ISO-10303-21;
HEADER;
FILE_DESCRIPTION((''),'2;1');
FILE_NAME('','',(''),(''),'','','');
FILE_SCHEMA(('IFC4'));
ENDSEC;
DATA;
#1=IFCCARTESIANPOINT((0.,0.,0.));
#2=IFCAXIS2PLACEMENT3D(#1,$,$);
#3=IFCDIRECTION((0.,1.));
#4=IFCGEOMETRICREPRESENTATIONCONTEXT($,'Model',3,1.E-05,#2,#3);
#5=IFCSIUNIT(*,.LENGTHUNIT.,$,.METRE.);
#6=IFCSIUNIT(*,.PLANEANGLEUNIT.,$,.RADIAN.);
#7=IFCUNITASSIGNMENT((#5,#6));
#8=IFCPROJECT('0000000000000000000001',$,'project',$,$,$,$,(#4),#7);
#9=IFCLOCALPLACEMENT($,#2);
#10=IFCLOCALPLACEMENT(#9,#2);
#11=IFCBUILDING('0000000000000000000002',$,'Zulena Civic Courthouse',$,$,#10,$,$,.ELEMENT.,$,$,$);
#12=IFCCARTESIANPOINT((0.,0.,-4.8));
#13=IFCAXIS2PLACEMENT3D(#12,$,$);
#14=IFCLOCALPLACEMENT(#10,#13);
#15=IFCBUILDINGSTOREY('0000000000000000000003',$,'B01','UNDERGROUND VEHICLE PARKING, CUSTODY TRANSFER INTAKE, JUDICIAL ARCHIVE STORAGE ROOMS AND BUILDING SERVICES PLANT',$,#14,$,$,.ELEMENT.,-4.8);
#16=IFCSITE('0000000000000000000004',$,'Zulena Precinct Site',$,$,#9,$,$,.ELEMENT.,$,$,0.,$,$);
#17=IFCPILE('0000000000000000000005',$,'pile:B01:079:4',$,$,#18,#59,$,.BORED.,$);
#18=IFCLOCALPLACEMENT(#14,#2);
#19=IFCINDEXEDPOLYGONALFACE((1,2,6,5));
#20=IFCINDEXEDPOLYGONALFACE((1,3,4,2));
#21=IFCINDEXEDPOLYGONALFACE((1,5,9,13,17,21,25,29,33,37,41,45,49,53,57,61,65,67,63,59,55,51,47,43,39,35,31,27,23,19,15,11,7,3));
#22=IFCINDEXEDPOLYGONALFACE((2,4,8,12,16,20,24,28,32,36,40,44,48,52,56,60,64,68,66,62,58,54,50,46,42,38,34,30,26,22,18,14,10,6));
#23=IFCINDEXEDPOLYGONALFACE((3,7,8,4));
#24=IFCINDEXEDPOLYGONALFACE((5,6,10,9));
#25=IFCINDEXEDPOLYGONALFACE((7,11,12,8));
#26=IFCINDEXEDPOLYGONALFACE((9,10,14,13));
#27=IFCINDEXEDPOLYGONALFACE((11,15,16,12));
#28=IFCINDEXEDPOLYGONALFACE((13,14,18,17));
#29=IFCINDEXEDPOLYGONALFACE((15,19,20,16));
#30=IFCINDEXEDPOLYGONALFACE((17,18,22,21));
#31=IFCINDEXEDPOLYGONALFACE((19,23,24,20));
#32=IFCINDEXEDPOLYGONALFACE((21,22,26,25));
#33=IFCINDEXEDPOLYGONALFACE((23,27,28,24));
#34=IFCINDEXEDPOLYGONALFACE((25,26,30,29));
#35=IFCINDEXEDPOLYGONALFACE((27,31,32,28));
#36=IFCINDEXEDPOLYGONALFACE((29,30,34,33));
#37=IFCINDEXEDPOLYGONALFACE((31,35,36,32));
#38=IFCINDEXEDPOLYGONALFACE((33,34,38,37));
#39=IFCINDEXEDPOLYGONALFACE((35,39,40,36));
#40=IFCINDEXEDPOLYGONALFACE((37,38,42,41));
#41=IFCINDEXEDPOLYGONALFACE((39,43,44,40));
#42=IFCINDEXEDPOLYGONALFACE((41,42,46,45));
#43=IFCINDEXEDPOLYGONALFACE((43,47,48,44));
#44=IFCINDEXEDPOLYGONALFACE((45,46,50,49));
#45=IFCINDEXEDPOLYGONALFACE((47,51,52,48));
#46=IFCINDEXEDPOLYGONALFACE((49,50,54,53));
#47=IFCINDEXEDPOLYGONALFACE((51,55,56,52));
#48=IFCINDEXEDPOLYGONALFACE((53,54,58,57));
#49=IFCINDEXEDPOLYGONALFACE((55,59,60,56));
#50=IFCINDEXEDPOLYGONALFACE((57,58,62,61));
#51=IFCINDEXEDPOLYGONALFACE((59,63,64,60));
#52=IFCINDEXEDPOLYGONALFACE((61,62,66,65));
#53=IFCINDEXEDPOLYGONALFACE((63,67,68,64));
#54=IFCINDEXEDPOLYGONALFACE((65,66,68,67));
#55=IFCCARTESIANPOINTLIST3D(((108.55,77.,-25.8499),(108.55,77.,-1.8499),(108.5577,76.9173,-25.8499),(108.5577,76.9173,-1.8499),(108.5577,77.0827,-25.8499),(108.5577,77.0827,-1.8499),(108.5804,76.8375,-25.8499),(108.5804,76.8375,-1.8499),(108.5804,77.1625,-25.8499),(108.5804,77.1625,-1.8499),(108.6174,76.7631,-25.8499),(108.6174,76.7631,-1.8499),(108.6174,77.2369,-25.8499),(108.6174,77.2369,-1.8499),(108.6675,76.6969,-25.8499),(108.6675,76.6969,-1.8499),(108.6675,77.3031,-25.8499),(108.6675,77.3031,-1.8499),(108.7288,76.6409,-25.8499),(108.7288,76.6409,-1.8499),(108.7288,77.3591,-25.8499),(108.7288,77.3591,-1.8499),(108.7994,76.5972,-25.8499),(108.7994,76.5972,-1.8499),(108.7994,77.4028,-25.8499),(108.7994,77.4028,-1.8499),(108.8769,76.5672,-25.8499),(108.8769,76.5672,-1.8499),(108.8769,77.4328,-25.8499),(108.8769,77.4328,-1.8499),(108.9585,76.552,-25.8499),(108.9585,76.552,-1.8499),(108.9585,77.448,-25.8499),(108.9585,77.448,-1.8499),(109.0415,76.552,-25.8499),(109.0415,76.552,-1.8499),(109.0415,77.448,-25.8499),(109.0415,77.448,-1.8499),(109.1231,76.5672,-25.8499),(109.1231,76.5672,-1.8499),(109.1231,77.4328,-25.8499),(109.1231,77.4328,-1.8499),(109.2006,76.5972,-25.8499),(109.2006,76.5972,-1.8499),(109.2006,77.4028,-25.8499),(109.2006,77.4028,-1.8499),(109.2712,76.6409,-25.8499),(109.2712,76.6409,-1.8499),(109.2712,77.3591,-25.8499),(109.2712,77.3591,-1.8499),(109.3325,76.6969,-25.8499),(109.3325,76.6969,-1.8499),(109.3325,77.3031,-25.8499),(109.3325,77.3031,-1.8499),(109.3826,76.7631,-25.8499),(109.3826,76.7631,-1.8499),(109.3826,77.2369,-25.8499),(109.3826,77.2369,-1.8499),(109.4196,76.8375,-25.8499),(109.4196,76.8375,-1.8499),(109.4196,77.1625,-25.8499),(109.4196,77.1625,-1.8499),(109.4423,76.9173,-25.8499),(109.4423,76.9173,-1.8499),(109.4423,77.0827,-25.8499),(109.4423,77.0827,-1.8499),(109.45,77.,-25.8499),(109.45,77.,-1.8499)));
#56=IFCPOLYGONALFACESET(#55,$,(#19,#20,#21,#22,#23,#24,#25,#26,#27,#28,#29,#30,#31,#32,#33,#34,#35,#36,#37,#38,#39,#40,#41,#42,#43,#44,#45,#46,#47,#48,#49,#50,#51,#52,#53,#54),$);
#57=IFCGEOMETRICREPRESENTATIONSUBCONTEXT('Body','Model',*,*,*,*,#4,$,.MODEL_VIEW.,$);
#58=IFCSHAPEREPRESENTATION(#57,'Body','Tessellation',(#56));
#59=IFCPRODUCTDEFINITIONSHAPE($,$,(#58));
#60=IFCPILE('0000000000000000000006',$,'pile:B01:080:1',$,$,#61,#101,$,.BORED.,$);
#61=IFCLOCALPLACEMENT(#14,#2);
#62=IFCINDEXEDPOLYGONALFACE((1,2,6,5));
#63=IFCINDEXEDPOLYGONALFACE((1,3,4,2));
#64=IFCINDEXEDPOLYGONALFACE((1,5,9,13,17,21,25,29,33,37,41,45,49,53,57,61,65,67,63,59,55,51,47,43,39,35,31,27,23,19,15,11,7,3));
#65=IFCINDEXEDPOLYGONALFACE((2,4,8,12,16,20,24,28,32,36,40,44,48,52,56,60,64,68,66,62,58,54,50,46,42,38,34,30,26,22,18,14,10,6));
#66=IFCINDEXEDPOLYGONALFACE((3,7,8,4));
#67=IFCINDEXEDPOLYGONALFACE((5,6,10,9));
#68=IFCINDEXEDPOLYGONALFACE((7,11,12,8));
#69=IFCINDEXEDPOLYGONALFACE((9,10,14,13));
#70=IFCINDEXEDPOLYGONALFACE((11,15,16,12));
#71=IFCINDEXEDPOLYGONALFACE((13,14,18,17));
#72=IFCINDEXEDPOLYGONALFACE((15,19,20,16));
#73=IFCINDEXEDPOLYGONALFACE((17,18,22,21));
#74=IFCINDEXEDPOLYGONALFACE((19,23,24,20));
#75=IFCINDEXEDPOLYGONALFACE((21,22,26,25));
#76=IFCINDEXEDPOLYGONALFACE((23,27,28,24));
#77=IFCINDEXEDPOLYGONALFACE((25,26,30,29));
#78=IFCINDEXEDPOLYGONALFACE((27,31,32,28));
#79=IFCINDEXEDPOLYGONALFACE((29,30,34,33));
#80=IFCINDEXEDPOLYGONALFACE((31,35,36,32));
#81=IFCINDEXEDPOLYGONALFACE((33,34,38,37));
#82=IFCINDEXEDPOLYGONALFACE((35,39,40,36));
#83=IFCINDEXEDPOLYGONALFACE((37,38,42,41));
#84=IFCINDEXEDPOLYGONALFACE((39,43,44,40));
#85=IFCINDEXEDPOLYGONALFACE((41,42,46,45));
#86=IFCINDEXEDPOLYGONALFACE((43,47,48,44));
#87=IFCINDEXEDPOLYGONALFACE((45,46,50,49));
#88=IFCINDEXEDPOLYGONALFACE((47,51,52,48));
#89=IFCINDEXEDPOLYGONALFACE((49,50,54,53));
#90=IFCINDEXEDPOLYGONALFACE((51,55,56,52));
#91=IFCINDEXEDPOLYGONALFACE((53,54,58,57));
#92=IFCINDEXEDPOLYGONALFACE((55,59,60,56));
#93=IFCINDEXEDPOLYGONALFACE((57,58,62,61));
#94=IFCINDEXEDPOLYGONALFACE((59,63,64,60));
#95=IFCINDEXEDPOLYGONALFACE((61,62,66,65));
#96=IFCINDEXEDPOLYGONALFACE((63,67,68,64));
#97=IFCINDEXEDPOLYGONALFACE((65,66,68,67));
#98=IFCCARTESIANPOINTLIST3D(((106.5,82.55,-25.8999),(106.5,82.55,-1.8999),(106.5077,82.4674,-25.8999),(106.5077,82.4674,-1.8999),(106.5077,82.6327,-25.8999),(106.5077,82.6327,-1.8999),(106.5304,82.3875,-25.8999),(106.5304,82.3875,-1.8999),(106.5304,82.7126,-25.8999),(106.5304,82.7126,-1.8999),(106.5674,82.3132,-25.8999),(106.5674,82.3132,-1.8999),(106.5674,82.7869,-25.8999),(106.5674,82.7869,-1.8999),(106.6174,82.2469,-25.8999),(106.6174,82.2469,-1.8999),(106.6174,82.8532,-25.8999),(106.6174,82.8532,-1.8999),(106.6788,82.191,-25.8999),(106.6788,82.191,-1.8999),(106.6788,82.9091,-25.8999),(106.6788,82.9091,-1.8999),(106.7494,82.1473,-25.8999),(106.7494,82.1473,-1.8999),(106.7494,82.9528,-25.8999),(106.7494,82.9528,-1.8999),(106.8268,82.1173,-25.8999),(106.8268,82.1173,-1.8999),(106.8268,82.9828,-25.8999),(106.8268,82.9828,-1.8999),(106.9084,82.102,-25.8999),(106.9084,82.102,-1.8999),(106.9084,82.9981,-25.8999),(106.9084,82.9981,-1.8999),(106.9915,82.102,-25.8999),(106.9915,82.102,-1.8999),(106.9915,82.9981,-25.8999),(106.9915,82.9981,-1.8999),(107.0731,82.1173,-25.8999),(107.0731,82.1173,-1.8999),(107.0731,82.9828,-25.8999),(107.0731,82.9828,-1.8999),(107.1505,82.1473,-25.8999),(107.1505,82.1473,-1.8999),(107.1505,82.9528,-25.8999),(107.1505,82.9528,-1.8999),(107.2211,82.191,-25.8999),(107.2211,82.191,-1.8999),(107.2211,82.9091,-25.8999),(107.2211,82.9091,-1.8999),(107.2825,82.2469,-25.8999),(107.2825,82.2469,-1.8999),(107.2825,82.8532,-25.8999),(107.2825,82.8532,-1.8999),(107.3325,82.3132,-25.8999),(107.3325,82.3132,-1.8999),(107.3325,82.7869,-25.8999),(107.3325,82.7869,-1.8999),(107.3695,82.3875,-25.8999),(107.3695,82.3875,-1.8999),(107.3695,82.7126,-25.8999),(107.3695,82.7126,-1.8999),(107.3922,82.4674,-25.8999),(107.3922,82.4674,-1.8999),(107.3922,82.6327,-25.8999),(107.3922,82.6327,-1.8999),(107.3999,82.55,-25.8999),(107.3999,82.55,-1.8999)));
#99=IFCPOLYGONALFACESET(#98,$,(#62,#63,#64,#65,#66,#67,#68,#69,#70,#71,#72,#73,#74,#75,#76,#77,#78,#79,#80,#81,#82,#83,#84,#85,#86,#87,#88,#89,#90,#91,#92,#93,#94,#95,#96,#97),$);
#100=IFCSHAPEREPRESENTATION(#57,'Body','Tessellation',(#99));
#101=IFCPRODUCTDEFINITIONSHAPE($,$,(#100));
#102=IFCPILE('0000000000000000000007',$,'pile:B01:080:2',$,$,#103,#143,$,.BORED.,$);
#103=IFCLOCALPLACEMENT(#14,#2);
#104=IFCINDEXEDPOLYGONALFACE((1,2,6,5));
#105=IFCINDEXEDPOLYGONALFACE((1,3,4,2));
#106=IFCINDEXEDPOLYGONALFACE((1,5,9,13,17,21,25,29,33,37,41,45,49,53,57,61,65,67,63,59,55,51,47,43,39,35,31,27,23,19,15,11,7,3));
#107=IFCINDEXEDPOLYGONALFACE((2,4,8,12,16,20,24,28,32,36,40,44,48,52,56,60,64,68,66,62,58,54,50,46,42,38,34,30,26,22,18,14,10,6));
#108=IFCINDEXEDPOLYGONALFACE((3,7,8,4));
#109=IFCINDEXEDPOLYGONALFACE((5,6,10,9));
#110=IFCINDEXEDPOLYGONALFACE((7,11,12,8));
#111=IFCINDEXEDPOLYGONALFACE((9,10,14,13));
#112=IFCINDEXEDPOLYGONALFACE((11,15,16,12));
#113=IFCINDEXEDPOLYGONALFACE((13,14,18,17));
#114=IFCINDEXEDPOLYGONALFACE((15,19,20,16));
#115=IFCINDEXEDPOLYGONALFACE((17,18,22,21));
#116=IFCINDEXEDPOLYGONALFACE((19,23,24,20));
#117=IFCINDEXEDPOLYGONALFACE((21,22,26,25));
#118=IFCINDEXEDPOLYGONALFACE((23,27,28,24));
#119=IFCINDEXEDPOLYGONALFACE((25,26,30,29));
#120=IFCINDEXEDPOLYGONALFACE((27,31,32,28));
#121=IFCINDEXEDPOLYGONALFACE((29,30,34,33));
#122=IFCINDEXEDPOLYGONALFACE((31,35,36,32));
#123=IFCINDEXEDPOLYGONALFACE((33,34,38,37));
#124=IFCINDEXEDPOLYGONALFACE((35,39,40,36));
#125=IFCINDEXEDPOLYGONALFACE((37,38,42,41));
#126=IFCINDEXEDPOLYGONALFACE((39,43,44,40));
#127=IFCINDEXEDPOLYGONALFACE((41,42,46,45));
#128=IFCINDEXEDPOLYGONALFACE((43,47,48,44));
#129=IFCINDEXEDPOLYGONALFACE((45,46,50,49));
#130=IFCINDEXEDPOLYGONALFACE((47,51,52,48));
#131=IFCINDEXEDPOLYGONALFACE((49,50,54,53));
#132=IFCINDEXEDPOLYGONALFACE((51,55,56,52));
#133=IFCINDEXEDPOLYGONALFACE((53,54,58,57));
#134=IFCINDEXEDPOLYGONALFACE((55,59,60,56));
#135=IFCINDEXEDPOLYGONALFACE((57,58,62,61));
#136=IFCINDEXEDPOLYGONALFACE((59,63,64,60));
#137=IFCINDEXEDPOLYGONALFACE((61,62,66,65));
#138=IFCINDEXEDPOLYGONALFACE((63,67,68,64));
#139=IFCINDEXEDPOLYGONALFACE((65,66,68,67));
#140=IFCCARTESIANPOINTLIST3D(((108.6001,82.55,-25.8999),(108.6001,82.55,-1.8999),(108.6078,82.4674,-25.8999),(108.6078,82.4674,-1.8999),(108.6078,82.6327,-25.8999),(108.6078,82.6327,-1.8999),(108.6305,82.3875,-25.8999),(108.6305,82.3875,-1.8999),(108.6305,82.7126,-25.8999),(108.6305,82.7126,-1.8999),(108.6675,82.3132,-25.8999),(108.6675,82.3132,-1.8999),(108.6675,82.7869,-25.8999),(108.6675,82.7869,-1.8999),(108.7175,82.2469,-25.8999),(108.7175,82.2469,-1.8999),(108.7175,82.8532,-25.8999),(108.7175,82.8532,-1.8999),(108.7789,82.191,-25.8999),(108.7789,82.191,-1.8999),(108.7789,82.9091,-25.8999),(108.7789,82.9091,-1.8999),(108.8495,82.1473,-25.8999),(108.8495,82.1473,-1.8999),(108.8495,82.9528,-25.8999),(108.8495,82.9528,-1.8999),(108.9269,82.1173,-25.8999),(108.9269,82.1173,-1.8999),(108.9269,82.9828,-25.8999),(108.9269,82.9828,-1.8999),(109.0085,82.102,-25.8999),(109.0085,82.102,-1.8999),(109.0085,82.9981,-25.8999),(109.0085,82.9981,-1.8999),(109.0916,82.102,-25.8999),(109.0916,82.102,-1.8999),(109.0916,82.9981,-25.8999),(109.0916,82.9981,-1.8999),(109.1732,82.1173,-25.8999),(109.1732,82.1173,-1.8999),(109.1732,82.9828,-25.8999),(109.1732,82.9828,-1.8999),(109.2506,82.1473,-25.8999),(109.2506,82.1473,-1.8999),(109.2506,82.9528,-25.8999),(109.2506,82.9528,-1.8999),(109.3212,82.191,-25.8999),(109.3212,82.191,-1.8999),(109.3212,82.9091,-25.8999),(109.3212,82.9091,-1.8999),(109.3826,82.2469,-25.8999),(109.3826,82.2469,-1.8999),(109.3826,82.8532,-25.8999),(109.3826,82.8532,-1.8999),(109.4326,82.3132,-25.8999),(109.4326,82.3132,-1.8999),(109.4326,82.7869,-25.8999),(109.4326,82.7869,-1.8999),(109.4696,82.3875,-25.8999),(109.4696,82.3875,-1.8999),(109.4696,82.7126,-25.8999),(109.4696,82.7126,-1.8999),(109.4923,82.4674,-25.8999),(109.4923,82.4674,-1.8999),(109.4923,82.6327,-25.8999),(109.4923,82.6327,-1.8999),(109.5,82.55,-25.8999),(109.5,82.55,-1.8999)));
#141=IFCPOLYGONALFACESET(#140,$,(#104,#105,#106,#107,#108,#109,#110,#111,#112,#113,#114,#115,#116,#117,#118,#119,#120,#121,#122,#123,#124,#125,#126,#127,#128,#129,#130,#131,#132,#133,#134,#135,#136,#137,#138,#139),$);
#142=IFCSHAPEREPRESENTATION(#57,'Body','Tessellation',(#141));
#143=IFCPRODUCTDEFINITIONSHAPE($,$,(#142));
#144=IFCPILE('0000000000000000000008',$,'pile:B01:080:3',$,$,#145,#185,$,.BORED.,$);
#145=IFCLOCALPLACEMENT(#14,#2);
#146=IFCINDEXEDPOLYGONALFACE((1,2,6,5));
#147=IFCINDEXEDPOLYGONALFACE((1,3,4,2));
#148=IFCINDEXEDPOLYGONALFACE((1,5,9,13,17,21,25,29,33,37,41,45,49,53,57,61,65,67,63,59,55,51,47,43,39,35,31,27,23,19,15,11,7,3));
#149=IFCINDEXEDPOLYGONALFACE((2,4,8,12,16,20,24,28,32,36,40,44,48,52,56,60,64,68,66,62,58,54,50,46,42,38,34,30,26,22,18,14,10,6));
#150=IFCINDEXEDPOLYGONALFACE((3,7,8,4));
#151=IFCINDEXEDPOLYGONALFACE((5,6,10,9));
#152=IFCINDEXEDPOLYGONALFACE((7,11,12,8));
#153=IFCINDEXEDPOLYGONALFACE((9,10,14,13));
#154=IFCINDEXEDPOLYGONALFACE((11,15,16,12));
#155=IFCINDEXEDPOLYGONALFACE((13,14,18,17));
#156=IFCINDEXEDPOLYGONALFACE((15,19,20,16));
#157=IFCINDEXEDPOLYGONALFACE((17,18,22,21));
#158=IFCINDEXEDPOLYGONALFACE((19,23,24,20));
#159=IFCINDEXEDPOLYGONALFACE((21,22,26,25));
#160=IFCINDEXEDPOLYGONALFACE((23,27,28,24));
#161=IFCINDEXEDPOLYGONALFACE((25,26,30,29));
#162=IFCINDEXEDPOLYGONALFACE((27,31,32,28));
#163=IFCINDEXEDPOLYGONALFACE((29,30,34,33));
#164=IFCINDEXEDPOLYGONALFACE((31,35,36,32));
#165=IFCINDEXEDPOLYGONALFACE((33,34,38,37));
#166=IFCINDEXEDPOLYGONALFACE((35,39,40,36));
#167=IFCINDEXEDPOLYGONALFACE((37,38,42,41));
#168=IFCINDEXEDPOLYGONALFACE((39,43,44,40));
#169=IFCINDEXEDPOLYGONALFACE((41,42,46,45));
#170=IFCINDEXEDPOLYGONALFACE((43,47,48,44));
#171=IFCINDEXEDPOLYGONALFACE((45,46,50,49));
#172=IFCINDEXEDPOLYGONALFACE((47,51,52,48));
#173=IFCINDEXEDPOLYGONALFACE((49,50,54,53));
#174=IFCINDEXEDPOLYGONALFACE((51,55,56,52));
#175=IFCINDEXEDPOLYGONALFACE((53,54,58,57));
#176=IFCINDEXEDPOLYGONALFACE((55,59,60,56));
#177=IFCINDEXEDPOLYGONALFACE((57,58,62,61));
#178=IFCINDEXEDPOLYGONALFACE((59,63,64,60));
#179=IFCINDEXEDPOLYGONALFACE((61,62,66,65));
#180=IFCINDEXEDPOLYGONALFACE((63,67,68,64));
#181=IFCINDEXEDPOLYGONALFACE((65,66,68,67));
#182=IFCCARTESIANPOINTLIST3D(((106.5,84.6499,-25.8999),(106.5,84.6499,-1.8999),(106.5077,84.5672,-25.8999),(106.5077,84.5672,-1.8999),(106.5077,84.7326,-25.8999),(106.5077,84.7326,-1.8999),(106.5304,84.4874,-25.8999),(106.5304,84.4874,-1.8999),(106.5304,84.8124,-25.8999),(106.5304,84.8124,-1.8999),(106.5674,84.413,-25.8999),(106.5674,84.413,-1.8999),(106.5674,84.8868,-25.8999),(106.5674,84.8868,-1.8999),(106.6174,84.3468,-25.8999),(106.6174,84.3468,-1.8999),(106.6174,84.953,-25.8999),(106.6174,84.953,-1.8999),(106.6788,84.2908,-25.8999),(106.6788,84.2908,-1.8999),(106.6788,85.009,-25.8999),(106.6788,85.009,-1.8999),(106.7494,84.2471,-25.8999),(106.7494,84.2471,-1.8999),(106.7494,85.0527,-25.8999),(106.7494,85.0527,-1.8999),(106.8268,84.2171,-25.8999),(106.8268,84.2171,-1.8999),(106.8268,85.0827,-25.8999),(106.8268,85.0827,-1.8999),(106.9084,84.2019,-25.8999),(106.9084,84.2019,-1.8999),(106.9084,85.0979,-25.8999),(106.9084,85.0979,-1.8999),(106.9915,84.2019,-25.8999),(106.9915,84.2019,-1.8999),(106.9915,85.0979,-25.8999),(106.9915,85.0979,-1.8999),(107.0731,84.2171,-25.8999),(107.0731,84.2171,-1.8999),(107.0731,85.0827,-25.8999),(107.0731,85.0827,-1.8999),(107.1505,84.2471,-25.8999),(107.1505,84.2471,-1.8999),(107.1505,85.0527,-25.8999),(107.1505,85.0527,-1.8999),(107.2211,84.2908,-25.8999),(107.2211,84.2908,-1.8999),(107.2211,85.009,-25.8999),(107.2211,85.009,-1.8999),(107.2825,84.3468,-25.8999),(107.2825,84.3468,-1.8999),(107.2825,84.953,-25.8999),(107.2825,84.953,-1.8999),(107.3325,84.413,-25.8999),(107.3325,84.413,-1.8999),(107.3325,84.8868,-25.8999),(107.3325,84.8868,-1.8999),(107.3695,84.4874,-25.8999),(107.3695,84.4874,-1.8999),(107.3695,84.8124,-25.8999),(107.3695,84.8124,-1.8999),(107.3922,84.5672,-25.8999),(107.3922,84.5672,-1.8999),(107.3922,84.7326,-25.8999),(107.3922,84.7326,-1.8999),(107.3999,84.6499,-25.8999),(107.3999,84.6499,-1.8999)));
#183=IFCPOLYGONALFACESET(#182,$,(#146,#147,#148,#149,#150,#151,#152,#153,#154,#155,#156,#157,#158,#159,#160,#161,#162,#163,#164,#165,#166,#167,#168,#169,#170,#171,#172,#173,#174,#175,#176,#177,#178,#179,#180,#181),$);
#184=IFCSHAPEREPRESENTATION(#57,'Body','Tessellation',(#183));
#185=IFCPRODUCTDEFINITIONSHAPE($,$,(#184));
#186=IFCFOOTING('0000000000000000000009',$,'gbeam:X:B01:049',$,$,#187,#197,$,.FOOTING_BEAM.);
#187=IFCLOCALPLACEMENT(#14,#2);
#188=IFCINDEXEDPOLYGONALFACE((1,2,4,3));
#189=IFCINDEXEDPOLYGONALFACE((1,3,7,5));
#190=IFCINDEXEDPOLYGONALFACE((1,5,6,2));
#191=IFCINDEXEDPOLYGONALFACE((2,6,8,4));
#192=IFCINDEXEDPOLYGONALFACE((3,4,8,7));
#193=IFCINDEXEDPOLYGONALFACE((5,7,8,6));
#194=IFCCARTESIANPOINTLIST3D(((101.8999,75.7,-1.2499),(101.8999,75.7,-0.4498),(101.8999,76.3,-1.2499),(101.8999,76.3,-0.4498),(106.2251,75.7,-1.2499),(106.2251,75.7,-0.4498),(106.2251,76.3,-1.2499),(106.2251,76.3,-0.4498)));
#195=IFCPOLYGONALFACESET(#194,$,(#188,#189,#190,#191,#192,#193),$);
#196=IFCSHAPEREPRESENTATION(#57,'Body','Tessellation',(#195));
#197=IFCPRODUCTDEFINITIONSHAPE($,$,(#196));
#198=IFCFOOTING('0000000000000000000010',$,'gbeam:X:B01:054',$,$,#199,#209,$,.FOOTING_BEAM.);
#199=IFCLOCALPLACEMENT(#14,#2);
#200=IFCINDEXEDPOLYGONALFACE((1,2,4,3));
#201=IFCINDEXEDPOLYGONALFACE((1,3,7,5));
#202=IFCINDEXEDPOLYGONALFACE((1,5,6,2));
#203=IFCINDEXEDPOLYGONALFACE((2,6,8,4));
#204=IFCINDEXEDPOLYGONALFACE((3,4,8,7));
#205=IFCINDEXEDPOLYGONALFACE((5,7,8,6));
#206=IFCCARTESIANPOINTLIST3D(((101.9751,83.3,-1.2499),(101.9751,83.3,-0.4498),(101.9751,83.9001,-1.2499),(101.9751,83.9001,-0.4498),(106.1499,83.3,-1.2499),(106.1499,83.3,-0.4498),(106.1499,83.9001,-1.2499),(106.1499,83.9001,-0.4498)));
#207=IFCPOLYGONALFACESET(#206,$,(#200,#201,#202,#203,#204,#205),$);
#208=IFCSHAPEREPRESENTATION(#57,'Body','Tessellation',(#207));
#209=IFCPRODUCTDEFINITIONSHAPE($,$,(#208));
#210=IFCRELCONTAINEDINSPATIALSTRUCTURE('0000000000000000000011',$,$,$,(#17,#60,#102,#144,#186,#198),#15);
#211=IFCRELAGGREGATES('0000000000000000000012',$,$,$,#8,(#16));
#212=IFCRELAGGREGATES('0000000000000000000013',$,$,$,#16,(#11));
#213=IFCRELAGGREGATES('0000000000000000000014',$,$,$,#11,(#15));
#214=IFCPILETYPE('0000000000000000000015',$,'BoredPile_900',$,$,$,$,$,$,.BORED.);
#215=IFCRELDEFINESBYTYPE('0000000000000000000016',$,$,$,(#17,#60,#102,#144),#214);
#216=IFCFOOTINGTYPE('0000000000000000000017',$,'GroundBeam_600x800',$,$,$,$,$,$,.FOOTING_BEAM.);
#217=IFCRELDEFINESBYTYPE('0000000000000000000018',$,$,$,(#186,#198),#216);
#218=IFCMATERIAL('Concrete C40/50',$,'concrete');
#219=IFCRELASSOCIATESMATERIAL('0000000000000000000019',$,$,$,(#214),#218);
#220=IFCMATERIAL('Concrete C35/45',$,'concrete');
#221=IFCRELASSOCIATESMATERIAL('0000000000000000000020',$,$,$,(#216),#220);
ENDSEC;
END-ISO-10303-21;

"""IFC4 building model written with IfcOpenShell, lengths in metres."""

from ifc_helpers import new_model, si_unit, direction, frame, origin, origin_2d, place, context, subcontext, project, spatial, rectangle, circle, extrude, material, material_profile, profile_set, type_object, element, save


model = new_model("IFC4")

# Units and contexts
model_context = context("Model", 3, precision=1e-05, world=origin(), true_north=direction((0.0, 1.0)))
body_context = subcontext(model_context, "Body", "Model", "MODEL_VIEW")
ifc_project = project(units=[si_unit("LENGTHUNIT", "METRE"), si_unit("PLANEANGLEUNIT", "RADIAN")], contexts=[model_context])

# Site, building, storey
site_placement = place(None, origin())
site = spatial("IfcSite", under=ifc_project, at=site_placement, Name="Zulena Precinct Site", CompositionType="ELEMENT", RefElevation=0.0)
building_placement = place(site_placement, origin())
building = spatial("IfcBuilding", under=site, at=building_placement, Name="Zulena Civic Courthouse", CompositionType="ELEMENT")
storey_placement = place(building_placement, frame((0.0, 0.0, -4.8)))
storey = spatial("IfcBuildingStorey", under=building, at=storey_placement, Name="B01", Description="UNDERGROUND VEHICLE PARKING, CUSTODY TRANSFER INTAKE, JUDICIAL ARCHIVE STORAGE ROOMS AND BUILDING SERVICES PLANT", CompositionType="ELEMENT", Elevation=-4.8)

# Piles
ifc_material_1 = material(Name="Concrete C40/50", Category="concrete")
ifc_material_profile_1 = material_profile(ifc_material_1, circle(Radius=0.45, at=origin_2d()), Name="PILE900")
ifc_profile_set_1 = profile_set([ifc_material_profile_1], Name="Concrete C40/50")
pile_type_1 = type_object("IfcPileType", Name="BoredPile_900", PredefinedType="BORED", material=ifc_profile_set_1)
for number, where, z_axis, x_axis, name in (
    (1, (109.0, 77.0, -1.8499), (0.0, 0.0, -1.0), (1.0, 0.0, 0.0), "pile:B01:079:4"),
    (2, (106.95, 82.55, -1.8999), (0.0, 0.0, -1.0), (1.0, 0.0, 0.0), "pile:B01:080:1"),
    (3, (109.05, 82.55, -1.8999), (0.0, 0.0, -1.0), (1.0, 0.0, 0.0), "pile:B01:080:2"),
    (4, (106.95, 84.6499, -1.8999), (0.0, 0.0, -1.0), (1.0, 0.0, 0.0), "pile:B01:080:3"),
):
    element("IfcPile", number, at=place(storey_placement, frame(where, z_axis=z_axis, x_axis=x_axis)), inside=storey, type_object=pile_type_1, Name=name, PredefinedType="BORED", context=body_context, shape_type="SweptSolid", body=[
        extrude(circle(Radius=0.45, at=origin_2d()), origin(), (0.0, 0.0, 1.0), 24.0),
    ])

# Footings
ifc_material_2 = material(Name="Concrete C35/45", Category="concrete")
ifc_material_profile_2 = material_profile(ifc_material_2, rectangle(XDim=0.6001, YDim=0.8, at=origin_2d()), Name="RC600X800")
ifc_profile_set_2 = profile_set([ifc_material_profile_2], Name="Concrete C35/45")
footing_type_1 = type_object("IfcFootingType", Name="GroundBeam_600x800", PredefinedType="FOOTING_BEAM", material=ifc_profile_set_2)
footing_1_placement = place(storey_placement, frame((101.8999, 76.0, -0.8499), z_axis=(1.0, 0.0, 0.0), x_axis=(0.0, 1.0, 0.0)))
element("IfcFooting", 5, at=footing_1_placement, inside=storey, type_object=footing_type_1, Name="gbeam:X:B01:049", PredefinedType="FOOTING_BEAM", context=body_context, shape_type="SweptSolid", body=[
    extrude(rectangle(XDim=0.6001, YDim=0.8, at=origin_2d()), origin(), (0.0, 0.0, 1.0), 4.3252),
])
footing_2_placement = place(storey_placement, frame((101.9751, 83.6001, -0.8499), z_axis=(1.0, 0.0, 0.0), x_axis=(0.0, 1.0, 0.0)))
element("IfcFooting", 6, at=footing_2_placement, inside=storey, type_object=footing_type_1, Name="gbeam:X:B01:054", PredefinedType="FOOTING_BEAM", context=body_context, shape_type="SweptSolid", body=[
    extrude(rectangle(XDim=0.6001, YDim=0.8, at=origin_2d()), origin(), (0.0, 0.0, 1.0), 4.1748),
])

save(model, "model.ifc")
